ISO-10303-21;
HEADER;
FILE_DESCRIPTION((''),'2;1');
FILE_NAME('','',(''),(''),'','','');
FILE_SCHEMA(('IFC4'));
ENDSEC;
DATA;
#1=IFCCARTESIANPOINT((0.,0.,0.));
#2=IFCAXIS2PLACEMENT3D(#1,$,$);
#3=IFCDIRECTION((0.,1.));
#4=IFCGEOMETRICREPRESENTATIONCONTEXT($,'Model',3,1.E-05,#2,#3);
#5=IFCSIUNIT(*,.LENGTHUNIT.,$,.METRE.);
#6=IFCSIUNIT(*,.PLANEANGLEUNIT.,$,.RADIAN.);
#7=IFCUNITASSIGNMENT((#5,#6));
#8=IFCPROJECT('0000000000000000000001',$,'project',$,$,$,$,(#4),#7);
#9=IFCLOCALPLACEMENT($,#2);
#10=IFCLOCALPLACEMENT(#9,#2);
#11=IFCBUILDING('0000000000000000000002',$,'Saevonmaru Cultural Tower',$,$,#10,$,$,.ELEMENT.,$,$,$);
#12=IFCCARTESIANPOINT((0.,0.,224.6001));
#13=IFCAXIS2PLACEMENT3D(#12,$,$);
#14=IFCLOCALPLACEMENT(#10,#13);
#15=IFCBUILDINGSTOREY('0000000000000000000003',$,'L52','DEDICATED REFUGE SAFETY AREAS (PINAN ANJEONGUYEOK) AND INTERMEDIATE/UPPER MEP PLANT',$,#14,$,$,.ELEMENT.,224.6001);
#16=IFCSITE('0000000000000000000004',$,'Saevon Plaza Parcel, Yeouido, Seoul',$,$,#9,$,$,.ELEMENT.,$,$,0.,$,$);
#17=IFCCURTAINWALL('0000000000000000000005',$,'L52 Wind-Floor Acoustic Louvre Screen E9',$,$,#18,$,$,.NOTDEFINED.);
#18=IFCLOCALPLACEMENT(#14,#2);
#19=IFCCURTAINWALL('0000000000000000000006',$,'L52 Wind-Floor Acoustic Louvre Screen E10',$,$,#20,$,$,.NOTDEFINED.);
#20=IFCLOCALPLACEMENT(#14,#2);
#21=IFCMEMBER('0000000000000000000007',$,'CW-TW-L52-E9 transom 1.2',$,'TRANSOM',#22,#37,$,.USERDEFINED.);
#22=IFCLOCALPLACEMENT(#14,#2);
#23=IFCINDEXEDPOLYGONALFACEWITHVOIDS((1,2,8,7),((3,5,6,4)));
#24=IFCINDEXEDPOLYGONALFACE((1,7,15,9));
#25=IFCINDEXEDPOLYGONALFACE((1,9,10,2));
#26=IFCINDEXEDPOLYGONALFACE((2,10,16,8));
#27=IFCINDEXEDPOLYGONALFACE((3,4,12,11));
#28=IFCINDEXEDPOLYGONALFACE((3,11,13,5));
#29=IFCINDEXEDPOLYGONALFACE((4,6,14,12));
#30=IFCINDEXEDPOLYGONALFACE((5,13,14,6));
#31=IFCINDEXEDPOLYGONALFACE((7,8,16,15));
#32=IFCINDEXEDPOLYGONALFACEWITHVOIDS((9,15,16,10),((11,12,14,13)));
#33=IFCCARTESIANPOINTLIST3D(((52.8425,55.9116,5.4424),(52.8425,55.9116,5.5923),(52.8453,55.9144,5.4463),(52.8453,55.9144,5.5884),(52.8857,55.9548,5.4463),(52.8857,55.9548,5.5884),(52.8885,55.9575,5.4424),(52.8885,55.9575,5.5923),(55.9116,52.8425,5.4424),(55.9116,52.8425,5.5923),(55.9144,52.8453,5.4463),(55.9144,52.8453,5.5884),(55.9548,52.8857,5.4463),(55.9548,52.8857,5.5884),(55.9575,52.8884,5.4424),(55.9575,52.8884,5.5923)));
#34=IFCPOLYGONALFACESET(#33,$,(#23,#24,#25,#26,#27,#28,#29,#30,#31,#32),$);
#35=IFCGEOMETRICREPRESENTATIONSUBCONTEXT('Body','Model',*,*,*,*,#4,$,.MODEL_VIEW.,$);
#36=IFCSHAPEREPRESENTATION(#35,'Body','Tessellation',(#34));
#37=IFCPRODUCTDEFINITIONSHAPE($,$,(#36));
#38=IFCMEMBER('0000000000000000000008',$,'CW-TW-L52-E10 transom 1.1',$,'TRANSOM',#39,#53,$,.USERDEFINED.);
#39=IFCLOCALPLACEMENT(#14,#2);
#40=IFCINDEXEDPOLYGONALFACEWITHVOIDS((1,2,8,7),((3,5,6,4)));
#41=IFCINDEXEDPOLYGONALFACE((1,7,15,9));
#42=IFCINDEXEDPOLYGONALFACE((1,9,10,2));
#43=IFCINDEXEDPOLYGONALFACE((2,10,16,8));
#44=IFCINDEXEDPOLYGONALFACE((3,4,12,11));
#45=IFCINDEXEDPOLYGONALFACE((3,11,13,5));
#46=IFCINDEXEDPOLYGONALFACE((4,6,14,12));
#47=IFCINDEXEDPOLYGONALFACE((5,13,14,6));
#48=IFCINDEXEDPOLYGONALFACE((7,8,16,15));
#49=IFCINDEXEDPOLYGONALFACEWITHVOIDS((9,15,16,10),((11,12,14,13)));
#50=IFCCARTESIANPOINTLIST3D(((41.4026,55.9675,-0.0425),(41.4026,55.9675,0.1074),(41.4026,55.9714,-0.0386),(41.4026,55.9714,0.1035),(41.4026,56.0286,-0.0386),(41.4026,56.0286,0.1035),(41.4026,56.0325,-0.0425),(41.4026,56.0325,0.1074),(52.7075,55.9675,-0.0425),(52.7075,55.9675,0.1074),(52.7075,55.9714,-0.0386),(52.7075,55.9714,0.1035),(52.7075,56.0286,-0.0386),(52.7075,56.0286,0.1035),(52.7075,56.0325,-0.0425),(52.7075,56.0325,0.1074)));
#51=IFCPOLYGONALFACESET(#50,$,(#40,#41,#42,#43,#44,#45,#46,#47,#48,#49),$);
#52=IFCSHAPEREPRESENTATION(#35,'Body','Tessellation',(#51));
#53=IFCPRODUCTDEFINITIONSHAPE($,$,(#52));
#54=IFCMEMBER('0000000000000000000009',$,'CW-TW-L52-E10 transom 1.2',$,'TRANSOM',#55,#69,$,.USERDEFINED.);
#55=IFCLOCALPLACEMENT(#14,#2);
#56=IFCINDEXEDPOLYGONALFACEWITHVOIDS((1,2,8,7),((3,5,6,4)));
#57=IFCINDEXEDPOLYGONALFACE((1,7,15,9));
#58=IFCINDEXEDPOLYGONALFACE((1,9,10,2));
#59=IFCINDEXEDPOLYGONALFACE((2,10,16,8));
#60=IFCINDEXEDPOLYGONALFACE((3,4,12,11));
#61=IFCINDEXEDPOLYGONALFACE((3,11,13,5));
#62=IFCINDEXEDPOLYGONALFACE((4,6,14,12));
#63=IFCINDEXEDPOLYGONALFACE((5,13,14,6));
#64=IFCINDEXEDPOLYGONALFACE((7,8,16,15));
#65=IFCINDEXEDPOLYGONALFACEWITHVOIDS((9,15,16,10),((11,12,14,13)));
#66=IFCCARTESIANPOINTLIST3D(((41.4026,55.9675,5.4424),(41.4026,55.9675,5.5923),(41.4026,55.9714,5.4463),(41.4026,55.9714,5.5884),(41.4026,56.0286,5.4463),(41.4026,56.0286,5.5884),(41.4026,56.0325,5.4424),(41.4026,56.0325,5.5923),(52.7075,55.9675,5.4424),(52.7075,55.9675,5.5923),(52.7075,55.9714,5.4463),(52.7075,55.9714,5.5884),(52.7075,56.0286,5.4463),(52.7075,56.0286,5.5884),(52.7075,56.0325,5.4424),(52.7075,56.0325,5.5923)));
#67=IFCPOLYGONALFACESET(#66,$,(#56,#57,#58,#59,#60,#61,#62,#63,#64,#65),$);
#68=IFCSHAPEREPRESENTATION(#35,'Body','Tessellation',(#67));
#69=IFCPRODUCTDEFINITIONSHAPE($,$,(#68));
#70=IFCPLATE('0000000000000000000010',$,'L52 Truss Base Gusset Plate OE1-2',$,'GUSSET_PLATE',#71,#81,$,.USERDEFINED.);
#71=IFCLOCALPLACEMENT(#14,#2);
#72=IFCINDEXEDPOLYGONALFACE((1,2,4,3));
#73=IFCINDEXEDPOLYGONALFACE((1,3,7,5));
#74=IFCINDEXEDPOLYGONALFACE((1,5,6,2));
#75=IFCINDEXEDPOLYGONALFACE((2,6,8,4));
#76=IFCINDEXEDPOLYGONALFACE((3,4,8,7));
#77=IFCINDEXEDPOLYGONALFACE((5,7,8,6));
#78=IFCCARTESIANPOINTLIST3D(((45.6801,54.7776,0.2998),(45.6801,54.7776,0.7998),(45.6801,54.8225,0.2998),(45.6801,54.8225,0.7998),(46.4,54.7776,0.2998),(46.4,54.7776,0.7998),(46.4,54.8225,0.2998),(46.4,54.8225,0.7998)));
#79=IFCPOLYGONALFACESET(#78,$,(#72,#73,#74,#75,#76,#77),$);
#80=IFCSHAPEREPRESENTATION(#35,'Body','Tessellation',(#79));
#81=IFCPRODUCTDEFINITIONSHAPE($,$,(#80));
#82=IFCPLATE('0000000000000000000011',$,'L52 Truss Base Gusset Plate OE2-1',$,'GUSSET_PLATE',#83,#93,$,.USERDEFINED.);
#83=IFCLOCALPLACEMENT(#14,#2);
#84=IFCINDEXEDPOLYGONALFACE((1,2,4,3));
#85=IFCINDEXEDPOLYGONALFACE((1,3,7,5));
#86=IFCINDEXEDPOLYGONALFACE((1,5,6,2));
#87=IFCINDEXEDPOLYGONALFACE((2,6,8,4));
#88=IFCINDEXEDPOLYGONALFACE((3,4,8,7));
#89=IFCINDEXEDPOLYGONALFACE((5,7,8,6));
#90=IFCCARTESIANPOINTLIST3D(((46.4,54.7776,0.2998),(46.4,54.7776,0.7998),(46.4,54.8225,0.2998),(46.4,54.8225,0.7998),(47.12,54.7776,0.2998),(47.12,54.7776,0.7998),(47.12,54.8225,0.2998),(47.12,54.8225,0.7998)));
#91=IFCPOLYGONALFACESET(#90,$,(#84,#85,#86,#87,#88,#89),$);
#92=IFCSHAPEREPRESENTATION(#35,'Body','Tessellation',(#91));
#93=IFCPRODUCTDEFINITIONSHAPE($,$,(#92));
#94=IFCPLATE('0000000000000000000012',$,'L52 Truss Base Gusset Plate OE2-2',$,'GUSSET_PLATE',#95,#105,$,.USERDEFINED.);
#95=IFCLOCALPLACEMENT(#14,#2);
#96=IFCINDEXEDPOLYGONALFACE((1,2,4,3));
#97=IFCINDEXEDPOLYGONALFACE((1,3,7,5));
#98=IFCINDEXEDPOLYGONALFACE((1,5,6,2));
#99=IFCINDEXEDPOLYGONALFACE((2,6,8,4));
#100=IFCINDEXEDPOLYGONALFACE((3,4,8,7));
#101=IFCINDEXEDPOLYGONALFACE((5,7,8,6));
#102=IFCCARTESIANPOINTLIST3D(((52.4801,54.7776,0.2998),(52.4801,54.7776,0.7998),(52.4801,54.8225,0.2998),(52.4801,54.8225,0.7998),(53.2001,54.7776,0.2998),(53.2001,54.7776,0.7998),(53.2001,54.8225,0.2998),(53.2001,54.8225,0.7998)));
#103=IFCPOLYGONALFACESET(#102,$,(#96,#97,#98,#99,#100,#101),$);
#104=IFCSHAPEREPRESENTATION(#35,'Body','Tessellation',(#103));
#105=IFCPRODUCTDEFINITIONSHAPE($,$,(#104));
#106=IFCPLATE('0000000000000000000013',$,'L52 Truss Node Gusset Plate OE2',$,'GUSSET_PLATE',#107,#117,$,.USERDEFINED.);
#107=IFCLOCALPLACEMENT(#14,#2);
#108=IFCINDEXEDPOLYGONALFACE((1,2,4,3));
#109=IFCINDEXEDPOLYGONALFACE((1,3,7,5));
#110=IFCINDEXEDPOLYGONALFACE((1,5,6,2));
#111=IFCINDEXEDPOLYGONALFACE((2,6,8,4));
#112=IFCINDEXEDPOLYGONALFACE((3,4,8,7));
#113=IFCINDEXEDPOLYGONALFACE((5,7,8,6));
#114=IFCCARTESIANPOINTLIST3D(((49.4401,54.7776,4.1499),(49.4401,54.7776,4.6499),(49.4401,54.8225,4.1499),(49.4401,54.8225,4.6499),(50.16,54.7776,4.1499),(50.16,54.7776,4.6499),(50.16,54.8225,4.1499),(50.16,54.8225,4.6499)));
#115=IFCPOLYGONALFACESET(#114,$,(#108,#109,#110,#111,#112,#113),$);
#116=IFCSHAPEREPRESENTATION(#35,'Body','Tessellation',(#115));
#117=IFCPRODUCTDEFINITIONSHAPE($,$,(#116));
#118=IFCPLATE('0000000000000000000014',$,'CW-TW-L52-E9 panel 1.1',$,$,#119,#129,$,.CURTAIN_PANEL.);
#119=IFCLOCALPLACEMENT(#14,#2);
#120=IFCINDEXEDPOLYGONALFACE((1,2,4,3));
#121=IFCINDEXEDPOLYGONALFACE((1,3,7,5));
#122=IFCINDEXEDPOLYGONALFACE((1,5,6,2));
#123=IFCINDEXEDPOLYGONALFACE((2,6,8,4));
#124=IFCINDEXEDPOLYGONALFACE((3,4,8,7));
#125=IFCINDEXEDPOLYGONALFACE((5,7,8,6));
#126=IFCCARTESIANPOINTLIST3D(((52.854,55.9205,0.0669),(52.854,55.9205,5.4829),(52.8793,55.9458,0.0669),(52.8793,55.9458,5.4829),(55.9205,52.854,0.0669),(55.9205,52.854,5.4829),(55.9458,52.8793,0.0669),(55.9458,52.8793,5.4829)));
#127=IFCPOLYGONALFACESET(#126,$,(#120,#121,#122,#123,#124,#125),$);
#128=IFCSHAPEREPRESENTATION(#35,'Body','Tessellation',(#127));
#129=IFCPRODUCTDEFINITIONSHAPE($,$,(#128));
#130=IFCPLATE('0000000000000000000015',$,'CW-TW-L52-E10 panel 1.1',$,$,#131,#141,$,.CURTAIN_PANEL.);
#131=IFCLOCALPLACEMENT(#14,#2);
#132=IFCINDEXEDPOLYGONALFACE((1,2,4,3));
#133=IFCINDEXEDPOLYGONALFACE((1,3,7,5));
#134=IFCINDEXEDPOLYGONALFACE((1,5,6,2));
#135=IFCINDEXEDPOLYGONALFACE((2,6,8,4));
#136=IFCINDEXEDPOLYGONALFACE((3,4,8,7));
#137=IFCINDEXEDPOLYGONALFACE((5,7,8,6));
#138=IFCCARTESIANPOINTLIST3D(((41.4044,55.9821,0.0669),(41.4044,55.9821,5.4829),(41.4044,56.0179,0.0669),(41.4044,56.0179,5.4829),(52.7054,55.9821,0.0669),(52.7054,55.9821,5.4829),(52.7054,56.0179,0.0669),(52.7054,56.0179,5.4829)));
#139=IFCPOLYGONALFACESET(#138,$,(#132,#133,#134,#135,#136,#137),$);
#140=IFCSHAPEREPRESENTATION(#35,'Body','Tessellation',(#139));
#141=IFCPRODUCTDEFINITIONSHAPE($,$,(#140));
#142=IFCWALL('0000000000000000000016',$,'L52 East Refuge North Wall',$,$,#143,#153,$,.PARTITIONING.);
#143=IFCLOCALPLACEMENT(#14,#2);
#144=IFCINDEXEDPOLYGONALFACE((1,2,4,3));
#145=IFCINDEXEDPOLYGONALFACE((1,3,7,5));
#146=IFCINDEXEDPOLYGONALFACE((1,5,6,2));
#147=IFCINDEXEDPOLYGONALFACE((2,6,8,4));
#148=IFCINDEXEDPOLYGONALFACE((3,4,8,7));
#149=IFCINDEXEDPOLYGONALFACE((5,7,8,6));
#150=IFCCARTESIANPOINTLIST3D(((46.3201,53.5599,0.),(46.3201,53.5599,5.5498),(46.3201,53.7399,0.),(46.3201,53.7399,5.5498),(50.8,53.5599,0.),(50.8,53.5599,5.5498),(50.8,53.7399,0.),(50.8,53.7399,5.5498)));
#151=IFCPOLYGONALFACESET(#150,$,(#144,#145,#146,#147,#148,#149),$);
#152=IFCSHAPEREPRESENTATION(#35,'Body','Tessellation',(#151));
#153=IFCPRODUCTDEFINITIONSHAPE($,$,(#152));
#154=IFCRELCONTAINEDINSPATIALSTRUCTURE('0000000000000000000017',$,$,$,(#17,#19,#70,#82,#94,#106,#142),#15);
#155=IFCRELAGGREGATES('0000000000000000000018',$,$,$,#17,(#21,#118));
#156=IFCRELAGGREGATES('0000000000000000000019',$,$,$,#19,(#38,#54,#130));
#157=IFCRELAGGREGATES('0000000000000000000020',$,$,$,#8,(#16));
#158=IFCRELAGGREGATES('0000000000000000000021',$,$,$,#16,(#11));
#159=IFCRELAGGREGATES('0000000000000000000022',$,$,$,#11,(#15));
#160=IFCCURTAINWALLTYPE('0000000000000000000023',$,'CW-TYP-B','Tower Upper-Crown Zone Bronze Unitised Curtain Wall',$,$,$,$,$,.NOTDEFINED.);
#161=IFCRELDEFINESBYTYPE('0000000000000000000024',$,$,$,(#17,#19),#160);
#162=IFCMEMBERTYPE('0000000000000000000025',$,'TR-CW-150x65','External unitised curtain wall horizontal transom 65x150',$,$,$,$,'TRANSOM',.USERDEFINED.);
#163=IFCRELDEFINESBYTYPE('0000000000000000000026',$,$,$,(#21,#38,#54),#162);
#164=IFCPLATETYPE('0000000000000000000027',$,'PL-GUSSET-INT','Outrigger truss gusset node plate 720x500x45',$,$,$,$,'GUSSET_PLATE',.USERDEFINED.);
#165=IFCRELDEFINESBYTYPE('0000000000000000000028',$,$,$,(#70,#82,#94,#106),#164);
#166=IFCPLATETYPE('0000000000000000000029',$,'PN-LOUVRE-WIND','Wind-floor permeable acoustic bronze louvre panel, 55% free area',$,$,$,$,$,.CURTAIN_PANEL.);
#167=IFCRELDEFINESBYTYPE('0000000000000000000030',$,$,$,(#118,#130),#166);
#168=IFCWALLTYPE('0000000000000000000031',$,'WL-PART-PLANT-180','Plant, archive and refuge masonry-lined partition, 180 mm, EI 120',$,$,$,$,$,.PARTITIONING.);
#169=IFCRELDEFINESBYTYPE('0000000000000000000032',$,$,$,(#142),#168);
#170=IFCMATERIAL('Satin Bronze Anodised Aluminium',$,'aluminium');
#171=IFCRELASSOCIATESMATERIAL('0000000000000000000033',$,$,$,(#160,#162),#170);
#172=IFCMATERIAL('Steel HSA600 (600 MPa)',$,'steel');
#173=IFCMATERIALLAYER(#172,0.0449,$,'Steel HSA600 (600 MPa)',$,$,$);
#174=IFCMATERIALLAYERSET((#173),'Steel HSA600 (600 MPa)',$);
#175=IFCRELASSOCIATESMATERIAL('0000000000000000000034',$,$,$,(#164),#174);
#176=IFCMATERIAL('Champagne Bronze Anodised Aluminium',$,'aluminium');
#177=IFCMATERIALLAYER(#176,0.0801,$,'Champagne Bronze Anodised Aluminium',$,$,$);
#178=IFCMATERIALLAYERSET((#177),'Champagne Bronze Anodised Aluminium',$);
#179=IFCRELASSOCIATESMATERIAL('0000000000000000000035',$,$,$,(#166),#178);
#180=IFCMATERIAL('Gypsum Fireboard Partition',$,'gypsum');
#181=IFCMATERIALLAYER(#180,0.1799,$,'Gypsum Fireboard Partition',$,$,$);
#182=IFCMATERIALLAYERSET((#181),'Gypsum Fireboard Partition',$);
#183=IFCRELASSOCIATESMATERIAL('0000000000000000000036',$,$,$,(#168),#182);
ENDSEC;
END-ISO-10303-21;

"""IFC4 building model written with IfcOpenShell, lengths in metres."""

from ifc_helpers import new_model, si_unit, direction, frame, frame_2d, origin, origin_2d, place, context, subcontext, project, spatial, rectangle, hollow_rectangle, extrude, material, layer, layer_set, material_profile, profile_set, type_object, element, aggregate, save


model = new_model("IFC4")

# Units and contexts
model_context = context("Model", 3, precision=1e-05, world=origin(), true_north=direction((0.0, 1.0)))
body_context = subcontext(model_context, "Body", "Model", "MODEL_VIEW")
ifc_project = project(units=[si_unit("LENGTHUNIT", "METRE"), si_unit("PLANEANGLEUNIT", "RADIAN")], contexts=[model_context])

# Site, building, storey
site_placement = place(None, origin())
site = spatial("IfcSite", under=ifc_project, at=site_placement, Name="Saevon Plaza Parcel, Yeouido, Seoul", CompositionType="ELEMENT", RefElevation=0.0)
building_placement = place(site_placement, origin())
building = spatial("IfcBuilding", under=site, at=building_placement, Name="Saevonmaru Cultural Tower", CompositionType="ELEMENT")
storey_placement = place(building_placement, frame((0.0, 0.0, 224.6001)))
storey = spatial("IfcBuildingStorey", under=building, at=storey_placement, Name="L52", Description="DEDICATED REFUGE SAFETY AREAS (PINAN ANJEONGUYEOK) AND INTERMEDIATE/UPPER MEP PLANT", CompositionType="ELEMENT", Elevation=224.6001)

# Curtain walls
ifc_material_1 = material(Name="Satin Bronze Anodised Aluminium", Category="aluminium")
curtain_wall_type = type_object("IfcCurtainWallType", Name="CW-TYP-B", Description="Tower Upper-Crown Zone Bronze Unitised Curtain Wall", PredefinedType="NOTDEFINED", material=ifc_material_1)
curtain_wall_1_placement = place(storey_placement, origin())
curtain_wall_1 = element("IfcCurtainWall", 1, at=curtain_wall_1_placement, inside=storey, type_object=curtain_wall_type, Name="L52 Wind-Floor Acoustic Louvre Screen E9", PredefinedType="NOTDEFINED")
curtain_wall_2_placement = place(storey_placement, origin())
curtain_wall_2 = element("IfcCurtainWall", 2, at=curtain_wall_2_placement, inside=storey, type_object=curtain_wall_type, Name="L52 Wind-Floor Acoustic Louvre Screen E10", PredefinedType="NOTDEFINED")

# Members
ifc_material_profile_1 = material_profile(ifc_material_1, hollow_rectangle(XDim=0.0649, YDim=0.1499, WallThickness=0.0039, at=origin_2d()), Name="ALU-TRAN-150x65x4")
ifc_profile_set_1 = profile_set([ifc_material_profile_1], Name="Satin Bronze Anodised Aluminium")
member_type_1 = type_object("IfcMemberType", Name="TR-CW-150x65", Description="External unitised curtain wall horizontal transom 65x150", ElementType="TRANSOM", PredefinedType="USERDEFINED", material=ifc_profile_set_1)
member_1_placement = place(storey_placement, frame((55.9346, 52.8655, 5.5173), z_axis=(-0.707107, 0.707107, 0.0), x_axis=(-0.707107, -0.707107, 0.0)))
member_1 = element("IfcMember", 3, at=member_1_placement, type_object=member_type_1, Name="CW-TW-L52-E9 transom 1.2", ObjectType="TRANSOM", PredefinedType="USERDEFINED", context=body_context, shape_type="SweptSolid", body=[
    extrude(hollow_rectangle(XDim=0.0649, YDim=0.1499, WallThickness=0.0039, at=origin_2d()), origin(), (0.0, 0.0, 1.0), 4.3403),
])
member_2_placement = place(storey_placement, frame((52.7075, 56.0, 0.0325), z_axis=(-1.0, 0.0, 0.0), x_axis=(0.0, -1.0, 0.0)))
member_2 = element("IfcMember", 4, at=member_2_placement, type_object=member_type_1, Name="CW-TW-L52-E10 transom 1.1", ObjectType="TRANSOM", PredefinedType="USERDEFINED", context=body_context, shape_type="SweptSolid", body=[
    extrude(hollow_rectangle(XDim=0.0649, YDim=0.1499, WallThickness=0.0039, at=origin_2d()), origin(), (0.0, 0.0, 1.0), 11.3049),
])
member_3_placement = place(storey_placement, frame((52.7075, 56.0, 5.5173), z_axis=(-1.0, 0.0, 0.0), x_axis=(0.0, -1.0, 0.0)))
member_3 = element("IfcMember", 5, at=member_3_placement, type_object=member_type_1, Name="CW-TW-L52-E10 transom 1.2", ObjectType="TRANSOM", PredefinedType="USERDEFINED", context=body_context, shape_type="SweptSolid", body=[
    extrude(hollow_rectangle(XDim=0.0649, YDim=0.1499, WallThickness=0.0039, at=origin_2d()), origin(), (0.0, 0.0, 1.0), 11.3049),
])

# Plates
ifc_material_2 = material(Name="Steel HSA600 (600 MPa)", Category="steel")
ifc_layer_1 = layer(ifc_material_2, 0.0449, Name="Steel HSA600 (600 MPa)")
ifc_layer_set_1 = layer_set([ifc_layer_1], Name="Steel HSA600 (600 MPa)")
plate_type_1 = type_object("IfcPlateType", Name="PL-GUSSET-INT", Description="Outrigger truss gusset node plate 720x500x45", ElementType="GUSSET_PLATE", PredefinedType="USERDEFINED", material=ifc_layer_set_1)
for number, where, z_axis, x_axis, name in (
    (6, (46.04, 54.8, 0.2998), (0.0, 0.0, 1.0), (1.0, 0.0, 0.0), "L52 Truss Base Gusset Plate OE1-2"),
    (7, (46.76, 54.8, 0.2998), (0.0, 0.0, 1.0), (1.0, 0.0, 0.0), "L52 Truss Base Gusset Plate OE2-1"),
    (8, (52.8401, 54.8, 0.2998), (0.0, 0.0, 1.0), (1.0, 0.0, 0.0), "L52 Truss Base Gusset Plate OE2-2"),
    (9, (49.8, 54.8, 4.1499), (0.0, 0.0, 1.0), (1.0, 0.0, 0.0), "L52 Truss Node Gusset Plate OE2"),
):
    element("IfcPlate", number, at=place(storey_placement, frame(where, z_axis=z_axis, x_axis=x_axis)), inside=storey, type_object=plate_type_1, Name=name, ObjectType="GUSSET_PLATE", PredefinedType="USERDEFINED", context=body_context, shape_type="SweptSolid", body=[
        extrude(rectangle(XDim=0.72, YDim=0.0449, at=origin_2d()), origin(), (0.0, 0.0, 1.0), 0.5),
    ])

# Plates
ifc_material_3 = material(Name="Champagne Bronze Anodised Aluminium", Category="aluminium")
ifc_layer_2 = layer(ifc_material_3, 0.0801, Name="Champagne Bronze Anodised Aluminium")
ifc_layer_set_2 = layer_set([ifc_layer_2], Name="Champagne Bronze Anodised Aluminium")
plate_type_2 = type_object("IfcPlateType", Name="PN-LOUVRE-WIND", Description="Wind-floor permeable acoustic bronze louvre panel, 55% free area", PredefinedType="CURTAIN_PANEL", material=ifc_layer_set_2)
plate_1_placement = place(storey_placement, frame((54.3999, 54.3999, 0.0669), z_axis=(0.0, 0.0, 1.0), x_axis=(-0.707107, 0.707107, 0.0)))
plate_1 = element("IfcPlate", 10, at=plate_1_placement, type_object=plate_type_2, Name="CW-TW-L52-E9 panel 1.1", PredefinedType="CURTAIN_PANEL", context=body_context, shape_type="SweptSolid", body=[
    extrude(rectangle(XDim=4.3367, YDim=0.0359, at=origin_2d()), origin(), (0.0, 0.0, 1.0), 5.416),
])
aggregate(curtain_wall_1, [member_1, plate_1])
plate_2_placement = place(storey_placement, frame((47.0549, 56.0, 0.0669), z_axis=(0.0, 0.0, 1.0), x_axis=(-1.0, 0.0, 0.0)))
plate_2 = element("IfcPlate", 11, at=plate_2_placement, type_object=plate_type_2, Name="CW-TW-L52-E10 panel 1.1", PredefinedType="CURTAIN_PANEL", context=body_context, shape_type="SweptSolid", body=[
    extrude(rectangle(XDim=11.301, YDim=0.0359, at=origin_2d()), origin(), (0.0, 0.0, 1.0), 5.416),
])
aggregate(curtain_wall_2, [member_2, member_3, plate_2])

# Wall
ifc_material_4 = material(Name="Gypsum Fireboard Partition", Category="gypsum")
ifc_layer_3 = layer(ifc_material_4, 0.1799, Name="Gypsum Fireboard Partition")
ifc_layer_set_3 = layer_set([ifc_layer_3], Name="Gypsum Fireboard Partition")
wall_type = type_object("IfcWallType", Name="WL-PART-PLANT-180", Description="Plant, archive and refuge masonry-lined partition, 180 mm, EI 120", PredefinedType="PARTITIONING", material=ifc_layer_set_3)
wall_placement = place(storey_placement, frame((46.3201, 53.6499, 0.0), z_axis=(0.0, 0.0, 1.0), x_axis=(1.0, 0.0, 0.0)))
element("IfcWall", 12, at=wall_placement, inside=storey, type_object=wall_type, Name="L52 East Refuge North Wall", PredefinedType="PARTITIONING", context=body_context, shape_type="SweptSolid", body=[
    extrude(rectangle(XDim=4.48, YDim=0.1799, at=frame_2d((2.24, 0.0))), origin(), (0.0, 0.0, 1.0), 5.5498),
])

save(model, "model.ifc")
